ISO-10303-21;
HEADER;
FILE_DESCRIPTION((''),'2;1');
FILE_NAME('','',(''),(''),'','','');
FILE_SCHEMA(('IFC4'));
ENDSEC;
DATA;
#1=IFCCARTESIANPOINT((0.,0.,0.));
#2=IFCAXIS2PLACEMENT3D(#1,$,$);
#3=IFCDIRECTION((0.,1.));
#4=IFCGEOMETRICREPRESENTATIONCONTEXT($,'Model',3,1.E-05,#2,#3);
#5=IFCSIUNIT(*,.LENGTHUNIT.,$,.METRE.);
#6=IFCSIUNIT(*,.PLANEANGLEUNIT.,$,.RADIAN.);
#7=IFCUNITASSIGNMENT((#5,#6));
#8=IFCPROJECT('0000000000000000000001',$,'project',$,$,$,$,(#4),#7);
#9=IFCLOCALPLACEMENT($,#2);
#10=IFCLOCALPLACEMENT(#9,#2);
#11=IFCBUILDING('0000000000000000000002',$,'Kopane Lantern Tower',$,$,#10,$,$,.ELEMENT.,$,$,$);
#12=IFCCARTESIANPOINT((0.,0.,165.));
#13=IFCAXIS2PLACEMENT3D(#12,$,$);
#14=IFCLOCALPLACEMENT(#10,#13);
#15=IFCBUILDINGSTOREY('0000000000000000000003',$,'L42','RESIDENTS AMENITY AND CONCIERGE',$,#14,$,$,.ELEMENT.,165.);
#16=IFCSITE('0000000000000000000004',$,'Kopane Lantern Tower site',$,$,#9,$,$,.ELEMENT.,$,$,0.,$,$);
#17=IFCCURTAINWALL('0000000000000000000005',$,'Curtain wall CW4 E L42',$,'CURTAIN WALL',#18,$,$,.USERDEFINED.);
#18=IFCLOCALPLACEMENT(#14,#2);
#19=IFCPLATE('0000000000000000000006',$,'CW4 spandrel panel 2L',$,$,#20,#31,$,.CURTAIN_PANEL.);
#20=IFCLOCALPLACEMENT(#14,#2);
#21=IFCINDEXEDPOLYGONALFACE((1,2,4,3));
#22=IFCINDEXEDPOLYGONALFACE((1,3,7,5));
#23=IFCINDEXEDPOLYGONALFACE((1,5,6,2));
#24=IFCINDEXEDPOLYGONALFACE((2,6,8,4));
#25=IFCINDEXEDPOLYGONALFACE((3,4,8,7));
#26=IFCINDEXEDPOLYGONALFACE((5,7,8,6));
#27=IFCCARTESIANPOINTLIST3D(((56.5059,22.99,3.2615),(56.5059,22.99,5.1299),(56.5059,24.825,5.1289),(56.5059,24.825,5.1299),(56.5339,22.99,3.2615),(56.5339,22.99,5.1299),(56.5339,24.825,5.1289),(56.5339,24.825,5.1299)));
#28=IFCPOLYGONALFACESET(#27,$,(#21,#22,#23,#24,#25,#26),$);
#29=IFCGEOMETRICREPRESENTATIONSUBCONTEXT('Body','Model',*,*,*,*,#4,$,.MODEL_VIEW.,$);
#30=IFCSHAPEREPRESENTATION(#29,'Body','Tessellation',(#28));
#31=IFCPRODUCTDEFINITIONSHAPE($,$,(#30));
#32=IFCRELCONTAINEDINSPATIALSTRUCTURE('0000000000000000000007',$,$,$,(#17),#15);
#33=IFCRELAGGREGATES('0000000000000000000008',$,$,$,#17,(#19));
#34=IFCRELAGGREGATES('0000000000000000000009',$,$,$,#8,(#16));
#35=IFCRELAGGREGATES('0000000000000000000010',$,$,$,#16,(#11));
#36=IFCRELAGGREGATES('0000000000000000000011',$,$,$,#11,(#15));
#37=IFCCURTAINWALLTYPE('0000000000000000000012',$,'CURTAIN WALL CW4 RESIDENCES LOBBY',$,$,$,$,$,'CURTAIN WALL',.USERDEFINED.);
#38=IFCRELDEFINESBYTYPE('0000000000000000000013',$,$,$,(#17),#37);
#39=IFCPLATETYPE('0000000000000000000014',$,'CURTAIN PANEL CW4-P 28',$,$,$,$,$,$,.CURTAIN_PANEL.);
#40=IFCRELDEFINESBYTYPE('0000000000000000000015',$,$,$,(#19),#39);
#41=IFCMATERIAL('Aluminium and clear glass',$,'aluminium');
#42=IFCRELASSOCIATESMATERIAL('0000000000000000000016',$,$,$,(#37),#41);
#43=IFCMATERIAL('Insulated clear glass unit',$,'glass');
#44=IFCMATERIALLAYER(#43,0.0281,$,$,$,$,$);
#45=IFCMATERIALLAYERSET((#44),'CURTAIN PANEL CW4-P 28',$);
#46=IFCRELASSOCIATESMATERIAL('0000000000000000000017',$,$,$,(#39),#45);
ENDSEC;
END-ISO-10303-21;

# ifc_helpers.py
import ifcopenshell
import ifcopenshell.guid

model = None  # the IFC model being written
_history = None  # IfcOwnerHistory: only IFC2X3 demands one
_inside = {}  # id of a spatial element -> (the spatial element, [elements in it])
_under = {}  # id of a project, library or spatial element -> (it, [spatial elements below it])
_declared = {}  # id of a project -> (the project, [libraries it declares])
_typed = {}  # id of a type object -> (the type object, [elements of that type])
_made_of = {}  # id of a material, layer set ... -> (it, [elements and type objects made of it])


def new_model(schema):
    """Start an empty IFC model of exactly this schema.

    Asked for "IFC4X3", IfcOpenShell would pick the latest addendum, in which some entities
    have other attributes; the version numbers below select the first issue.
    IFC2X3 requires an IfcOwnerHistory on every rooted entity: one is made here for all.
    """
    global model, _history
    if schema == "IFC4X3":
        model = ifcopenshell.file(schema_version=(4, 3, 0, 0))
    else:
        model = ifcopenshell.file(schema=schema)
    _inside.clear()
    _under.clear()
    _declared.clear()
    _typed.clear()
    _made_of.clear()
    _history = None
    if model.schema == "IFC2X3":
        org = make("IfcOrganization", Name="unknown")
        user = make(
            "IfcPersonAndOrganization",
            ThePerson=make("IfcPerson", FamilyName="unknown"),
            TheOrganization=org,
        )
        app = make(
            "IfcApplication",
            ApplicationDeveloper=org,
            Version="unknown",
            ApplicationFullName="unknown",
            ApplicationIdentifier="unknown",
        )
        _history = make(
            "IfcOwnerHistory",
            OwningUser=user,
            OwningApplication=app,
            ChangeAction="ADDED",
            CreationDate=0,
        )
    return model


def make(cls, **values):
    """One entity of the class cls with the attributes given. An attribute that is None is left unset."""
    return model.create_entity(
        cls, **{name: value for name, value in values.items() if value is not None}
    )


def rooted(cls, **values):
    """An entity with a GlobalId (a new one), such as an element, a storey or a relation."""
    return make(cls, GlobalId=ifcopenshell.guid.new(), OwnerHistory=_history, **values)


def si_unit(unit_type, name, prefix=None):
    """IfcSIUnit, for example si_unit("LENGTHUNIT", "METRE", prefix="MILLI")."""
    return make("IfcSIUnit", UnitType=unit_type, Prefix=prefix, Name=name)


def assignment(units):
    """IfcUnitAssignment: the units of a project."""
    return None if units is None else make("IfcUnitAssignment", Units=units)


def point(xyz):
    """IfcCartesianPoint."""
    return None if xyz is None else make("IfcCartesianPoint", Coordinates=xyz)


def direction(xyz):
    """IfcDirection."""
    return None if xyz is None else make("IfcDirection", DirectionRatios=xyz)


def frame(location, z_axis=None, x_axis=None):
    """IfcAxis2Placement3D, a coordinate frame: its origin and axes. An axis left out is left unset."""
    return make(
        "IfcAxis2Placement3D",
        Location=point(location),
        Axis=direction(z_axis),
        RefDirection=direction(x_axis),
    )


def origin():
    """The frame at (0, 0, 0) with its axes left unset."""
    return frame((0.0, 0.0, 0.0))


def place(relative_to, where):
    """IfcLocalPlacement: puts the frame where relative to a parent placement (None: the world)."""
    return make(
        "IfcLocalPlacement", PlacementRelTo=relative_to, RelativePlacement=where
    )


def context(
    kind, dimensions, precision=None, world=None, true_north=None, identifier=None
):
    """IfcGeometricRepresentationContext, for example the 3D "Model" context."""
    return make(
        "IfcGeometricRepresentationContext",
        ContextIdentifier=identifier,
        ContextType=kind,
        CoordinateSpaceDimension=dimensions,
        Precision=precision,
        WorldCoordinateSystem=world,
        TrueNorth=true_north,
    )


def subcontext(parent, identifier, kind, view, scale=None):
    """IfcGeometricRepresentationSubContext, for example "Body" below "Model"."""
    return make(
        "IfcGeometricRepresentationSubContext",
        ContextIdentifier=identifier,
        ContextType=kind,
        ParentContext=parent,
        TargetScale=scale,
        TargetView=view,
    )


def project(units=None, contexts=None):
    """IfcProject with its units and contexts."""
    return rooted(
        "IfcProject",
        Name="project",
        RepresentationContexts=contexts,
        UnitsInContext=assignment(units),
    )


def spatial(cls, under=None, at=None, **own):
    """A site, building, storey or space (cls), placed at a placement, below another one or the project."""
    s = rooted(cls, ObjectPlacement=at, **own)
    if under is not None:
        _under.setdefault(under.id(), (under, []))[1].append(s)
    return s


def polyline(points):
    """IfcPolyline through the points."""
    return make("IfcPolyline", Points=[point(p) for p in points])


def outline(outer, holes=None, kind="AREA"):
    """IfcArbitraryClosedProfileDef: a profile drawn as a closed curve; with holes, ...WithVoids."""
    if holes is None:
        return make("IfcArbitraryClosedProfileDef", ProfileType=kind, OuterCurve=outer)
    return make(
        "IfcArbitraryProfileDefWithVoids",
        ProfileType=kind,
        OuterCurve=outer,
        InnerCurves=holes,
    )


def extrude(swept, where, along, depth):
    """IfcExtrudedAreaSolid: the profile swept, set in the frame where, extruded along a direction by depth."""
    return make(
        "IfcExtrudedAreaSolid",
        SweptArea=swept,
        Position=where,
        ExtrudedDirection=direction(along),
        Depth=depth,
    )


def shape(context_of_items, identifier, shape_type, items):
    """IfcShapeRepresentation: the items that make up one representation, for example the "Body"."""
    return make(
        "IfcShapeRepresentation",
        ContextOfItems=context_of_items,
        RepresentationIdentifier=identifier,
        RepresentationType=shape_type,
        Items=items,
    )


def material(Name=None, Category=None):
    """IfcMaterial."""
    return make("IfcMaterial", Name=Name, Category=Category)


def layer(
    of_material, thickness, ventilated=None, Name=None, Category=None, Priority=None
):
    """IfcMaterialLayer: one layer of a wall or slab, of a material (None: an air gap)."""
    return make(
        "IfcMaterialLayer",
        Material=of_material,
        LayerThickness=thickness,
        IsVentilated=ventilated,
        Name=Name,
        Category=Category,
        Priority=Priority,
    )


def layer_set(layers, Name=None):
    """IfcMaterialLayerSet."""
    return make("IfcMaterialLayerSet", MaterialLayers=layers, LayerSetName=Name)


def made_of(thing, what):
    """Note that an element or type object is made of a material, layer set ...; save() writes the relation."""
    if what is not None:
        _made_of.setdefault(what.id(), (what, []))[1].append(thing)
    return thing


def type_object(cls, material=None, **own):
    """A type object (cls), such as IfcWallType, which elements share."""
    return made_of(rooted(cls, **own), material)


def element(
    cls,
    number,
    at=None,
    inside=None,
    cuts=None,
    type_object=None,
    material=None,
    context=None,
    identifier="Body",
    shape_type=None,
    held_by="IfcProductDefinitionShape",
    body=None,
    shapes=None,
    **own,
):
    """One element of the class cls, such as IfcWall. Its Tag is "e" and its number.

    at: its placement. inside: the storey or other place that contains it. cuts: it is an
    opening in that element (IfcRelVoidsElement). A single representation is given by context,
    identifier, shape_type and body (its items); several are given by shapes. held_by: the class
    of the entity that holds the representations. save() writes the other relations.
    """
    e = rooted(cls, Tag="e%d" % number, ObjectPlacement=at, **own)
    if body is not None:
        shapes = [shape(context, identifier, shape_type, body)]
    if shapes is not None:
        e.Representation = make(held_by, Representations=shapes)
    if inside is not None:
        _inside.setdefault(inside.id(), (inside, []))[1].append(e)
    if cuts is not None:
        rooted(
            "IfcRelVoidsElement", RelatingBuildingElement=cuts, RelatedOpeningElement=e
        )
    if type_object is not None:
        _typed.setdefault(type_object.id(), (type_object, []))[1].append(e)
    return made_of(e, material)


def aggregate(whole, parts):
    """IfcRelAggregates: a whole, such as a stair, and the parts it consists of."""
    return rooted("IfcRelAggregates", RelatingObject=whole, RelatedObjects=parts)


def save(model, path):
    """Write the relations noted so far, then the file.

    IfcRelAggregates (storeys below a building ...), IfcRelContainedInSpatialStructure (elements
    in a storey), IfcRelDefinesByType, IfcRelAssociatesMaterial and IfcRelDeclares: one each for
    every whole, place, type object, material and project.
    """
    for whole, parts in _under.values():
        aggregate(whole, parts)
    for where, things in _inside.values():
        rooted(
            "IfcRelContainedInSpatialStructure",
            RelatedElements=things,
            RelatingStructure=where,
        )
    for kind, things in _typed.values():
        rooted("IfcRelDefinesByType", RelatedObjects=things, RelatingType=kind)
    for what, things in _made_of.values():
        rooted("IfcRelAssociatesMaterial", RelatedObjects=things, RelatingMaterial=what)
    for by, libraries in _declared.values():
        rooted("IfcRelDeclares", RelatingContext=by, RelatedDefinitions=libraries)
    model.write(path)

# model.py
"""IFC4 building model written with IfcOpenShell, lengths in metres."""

from ifc_helpers import new_model, si_unit, direction, frame, origin, place, context, subcontext, project, spatial, polyline, outline, extrude, material, layer, layer_set, type_object, element, aggregate, save


model = new_model("IFC4")

# Units and contexts
model_context = context("Model", 3, precision=1e-05, world=origin(), true_north=direction((0.0, 1.0)))
body_context = subcontext(model_context, "Body", "Model", "MODEL_VIEW")
ifc_project = project(units=[si_unit("LENGTHUNIT", "METRE"), si_unit("PLANEANGLEUNIT", "RADIAN")], contexts=[model_context])

# Site, building, storey
site_placement = place(None, origin())
site = spatial("IfcSite", under=ifc_project, at=site_placement, Name="Kopane Lantern Tower site", CompositionType="ELEMENT", RefElevation=0.0)
building_placement = place(site_placement, origin())
building = spatial("IfcBuilding", under=site, at=building_placement, Name="Kopane Lantern Tower", CompositionType="ELEMENT")
storey_placement = place(building_placement, frame((0.0, 0.0, 165.0)))
storey = spatial("IfcBuildingStorey", under=building, at=storey_placement, Name="L42", Description="RESIDENTS AMENITY AND CONCIERGE", CompositionType="ELEMENT", Elevation=165.0)

# Curtain wall
ifc_material_1 = material(Name="Aluminium and clear glass", Category="aluminium")
curtain_wall_type = type_object("IfcCurtainWallType", Name="CURTAIN WALL CW4 RESIDENCES LOBBY", ElementType="CURTAIN WALL", PredefinedType="USERDEFINED", material=ifc_material_1)
curtain_wall_1_placement = place(storey_placement, origin())
curtain_wall_1 = element("IfcCurtainWall", 1, at=curtain_wall_1_placement, inside=storey, type_object=curtain_wall_type, Name="Curtain wall CW4 E L42", ObjectType="CURTAIN WALL", PredefinedType="USERDEFINED")

# Plate
ifc_material_2 = material(Name="Insulated clear glass unit", Category="glass")
ifc_layer = layer(ifc_material_2, 0.0281)
ifc_layer_set = layer_set([ifc_layer], Name="CURTAIN PANEL CW4-P 28")
plate_type = type_object("IfcPlateType", Name="CURTAIN PANEL CW4-P 28", PredefinedType="CURTAIN_PANEL", material=ifc_layer_set)
plate_1_placement = place(storey_placement, frame((56.52, 22.99, 5.1299), z_axis=(0.0, 0.0, 1.0), x_axis=(0.0, 1.0, 0.0)))
plate_1 = element("IfcPlate", 2, at=plate_1_placement, type_object=plate_type, Name="CW4 spandrel panel 2L", PredefinedType="CURTAIN_PANEL", context=body_context, shape_type="SweptSolid", body=[
    extrude(outline(polyline([(0.0, 0.0), (1.835, 0.0), (1.835, -0.001), (0.0, -1.8684), (0.0, 0.0)])), frame((0.0, 0.0142, 0.0), z_axis=(0.0, -1.0, 0.0), x_axis=(1.0, 0.0, 0.0)), (0.0, 0.0, 1.0), 0.0281),
])
aggregate(curtain_wall_1, [plate_1])

save(model, "model.ifc")
